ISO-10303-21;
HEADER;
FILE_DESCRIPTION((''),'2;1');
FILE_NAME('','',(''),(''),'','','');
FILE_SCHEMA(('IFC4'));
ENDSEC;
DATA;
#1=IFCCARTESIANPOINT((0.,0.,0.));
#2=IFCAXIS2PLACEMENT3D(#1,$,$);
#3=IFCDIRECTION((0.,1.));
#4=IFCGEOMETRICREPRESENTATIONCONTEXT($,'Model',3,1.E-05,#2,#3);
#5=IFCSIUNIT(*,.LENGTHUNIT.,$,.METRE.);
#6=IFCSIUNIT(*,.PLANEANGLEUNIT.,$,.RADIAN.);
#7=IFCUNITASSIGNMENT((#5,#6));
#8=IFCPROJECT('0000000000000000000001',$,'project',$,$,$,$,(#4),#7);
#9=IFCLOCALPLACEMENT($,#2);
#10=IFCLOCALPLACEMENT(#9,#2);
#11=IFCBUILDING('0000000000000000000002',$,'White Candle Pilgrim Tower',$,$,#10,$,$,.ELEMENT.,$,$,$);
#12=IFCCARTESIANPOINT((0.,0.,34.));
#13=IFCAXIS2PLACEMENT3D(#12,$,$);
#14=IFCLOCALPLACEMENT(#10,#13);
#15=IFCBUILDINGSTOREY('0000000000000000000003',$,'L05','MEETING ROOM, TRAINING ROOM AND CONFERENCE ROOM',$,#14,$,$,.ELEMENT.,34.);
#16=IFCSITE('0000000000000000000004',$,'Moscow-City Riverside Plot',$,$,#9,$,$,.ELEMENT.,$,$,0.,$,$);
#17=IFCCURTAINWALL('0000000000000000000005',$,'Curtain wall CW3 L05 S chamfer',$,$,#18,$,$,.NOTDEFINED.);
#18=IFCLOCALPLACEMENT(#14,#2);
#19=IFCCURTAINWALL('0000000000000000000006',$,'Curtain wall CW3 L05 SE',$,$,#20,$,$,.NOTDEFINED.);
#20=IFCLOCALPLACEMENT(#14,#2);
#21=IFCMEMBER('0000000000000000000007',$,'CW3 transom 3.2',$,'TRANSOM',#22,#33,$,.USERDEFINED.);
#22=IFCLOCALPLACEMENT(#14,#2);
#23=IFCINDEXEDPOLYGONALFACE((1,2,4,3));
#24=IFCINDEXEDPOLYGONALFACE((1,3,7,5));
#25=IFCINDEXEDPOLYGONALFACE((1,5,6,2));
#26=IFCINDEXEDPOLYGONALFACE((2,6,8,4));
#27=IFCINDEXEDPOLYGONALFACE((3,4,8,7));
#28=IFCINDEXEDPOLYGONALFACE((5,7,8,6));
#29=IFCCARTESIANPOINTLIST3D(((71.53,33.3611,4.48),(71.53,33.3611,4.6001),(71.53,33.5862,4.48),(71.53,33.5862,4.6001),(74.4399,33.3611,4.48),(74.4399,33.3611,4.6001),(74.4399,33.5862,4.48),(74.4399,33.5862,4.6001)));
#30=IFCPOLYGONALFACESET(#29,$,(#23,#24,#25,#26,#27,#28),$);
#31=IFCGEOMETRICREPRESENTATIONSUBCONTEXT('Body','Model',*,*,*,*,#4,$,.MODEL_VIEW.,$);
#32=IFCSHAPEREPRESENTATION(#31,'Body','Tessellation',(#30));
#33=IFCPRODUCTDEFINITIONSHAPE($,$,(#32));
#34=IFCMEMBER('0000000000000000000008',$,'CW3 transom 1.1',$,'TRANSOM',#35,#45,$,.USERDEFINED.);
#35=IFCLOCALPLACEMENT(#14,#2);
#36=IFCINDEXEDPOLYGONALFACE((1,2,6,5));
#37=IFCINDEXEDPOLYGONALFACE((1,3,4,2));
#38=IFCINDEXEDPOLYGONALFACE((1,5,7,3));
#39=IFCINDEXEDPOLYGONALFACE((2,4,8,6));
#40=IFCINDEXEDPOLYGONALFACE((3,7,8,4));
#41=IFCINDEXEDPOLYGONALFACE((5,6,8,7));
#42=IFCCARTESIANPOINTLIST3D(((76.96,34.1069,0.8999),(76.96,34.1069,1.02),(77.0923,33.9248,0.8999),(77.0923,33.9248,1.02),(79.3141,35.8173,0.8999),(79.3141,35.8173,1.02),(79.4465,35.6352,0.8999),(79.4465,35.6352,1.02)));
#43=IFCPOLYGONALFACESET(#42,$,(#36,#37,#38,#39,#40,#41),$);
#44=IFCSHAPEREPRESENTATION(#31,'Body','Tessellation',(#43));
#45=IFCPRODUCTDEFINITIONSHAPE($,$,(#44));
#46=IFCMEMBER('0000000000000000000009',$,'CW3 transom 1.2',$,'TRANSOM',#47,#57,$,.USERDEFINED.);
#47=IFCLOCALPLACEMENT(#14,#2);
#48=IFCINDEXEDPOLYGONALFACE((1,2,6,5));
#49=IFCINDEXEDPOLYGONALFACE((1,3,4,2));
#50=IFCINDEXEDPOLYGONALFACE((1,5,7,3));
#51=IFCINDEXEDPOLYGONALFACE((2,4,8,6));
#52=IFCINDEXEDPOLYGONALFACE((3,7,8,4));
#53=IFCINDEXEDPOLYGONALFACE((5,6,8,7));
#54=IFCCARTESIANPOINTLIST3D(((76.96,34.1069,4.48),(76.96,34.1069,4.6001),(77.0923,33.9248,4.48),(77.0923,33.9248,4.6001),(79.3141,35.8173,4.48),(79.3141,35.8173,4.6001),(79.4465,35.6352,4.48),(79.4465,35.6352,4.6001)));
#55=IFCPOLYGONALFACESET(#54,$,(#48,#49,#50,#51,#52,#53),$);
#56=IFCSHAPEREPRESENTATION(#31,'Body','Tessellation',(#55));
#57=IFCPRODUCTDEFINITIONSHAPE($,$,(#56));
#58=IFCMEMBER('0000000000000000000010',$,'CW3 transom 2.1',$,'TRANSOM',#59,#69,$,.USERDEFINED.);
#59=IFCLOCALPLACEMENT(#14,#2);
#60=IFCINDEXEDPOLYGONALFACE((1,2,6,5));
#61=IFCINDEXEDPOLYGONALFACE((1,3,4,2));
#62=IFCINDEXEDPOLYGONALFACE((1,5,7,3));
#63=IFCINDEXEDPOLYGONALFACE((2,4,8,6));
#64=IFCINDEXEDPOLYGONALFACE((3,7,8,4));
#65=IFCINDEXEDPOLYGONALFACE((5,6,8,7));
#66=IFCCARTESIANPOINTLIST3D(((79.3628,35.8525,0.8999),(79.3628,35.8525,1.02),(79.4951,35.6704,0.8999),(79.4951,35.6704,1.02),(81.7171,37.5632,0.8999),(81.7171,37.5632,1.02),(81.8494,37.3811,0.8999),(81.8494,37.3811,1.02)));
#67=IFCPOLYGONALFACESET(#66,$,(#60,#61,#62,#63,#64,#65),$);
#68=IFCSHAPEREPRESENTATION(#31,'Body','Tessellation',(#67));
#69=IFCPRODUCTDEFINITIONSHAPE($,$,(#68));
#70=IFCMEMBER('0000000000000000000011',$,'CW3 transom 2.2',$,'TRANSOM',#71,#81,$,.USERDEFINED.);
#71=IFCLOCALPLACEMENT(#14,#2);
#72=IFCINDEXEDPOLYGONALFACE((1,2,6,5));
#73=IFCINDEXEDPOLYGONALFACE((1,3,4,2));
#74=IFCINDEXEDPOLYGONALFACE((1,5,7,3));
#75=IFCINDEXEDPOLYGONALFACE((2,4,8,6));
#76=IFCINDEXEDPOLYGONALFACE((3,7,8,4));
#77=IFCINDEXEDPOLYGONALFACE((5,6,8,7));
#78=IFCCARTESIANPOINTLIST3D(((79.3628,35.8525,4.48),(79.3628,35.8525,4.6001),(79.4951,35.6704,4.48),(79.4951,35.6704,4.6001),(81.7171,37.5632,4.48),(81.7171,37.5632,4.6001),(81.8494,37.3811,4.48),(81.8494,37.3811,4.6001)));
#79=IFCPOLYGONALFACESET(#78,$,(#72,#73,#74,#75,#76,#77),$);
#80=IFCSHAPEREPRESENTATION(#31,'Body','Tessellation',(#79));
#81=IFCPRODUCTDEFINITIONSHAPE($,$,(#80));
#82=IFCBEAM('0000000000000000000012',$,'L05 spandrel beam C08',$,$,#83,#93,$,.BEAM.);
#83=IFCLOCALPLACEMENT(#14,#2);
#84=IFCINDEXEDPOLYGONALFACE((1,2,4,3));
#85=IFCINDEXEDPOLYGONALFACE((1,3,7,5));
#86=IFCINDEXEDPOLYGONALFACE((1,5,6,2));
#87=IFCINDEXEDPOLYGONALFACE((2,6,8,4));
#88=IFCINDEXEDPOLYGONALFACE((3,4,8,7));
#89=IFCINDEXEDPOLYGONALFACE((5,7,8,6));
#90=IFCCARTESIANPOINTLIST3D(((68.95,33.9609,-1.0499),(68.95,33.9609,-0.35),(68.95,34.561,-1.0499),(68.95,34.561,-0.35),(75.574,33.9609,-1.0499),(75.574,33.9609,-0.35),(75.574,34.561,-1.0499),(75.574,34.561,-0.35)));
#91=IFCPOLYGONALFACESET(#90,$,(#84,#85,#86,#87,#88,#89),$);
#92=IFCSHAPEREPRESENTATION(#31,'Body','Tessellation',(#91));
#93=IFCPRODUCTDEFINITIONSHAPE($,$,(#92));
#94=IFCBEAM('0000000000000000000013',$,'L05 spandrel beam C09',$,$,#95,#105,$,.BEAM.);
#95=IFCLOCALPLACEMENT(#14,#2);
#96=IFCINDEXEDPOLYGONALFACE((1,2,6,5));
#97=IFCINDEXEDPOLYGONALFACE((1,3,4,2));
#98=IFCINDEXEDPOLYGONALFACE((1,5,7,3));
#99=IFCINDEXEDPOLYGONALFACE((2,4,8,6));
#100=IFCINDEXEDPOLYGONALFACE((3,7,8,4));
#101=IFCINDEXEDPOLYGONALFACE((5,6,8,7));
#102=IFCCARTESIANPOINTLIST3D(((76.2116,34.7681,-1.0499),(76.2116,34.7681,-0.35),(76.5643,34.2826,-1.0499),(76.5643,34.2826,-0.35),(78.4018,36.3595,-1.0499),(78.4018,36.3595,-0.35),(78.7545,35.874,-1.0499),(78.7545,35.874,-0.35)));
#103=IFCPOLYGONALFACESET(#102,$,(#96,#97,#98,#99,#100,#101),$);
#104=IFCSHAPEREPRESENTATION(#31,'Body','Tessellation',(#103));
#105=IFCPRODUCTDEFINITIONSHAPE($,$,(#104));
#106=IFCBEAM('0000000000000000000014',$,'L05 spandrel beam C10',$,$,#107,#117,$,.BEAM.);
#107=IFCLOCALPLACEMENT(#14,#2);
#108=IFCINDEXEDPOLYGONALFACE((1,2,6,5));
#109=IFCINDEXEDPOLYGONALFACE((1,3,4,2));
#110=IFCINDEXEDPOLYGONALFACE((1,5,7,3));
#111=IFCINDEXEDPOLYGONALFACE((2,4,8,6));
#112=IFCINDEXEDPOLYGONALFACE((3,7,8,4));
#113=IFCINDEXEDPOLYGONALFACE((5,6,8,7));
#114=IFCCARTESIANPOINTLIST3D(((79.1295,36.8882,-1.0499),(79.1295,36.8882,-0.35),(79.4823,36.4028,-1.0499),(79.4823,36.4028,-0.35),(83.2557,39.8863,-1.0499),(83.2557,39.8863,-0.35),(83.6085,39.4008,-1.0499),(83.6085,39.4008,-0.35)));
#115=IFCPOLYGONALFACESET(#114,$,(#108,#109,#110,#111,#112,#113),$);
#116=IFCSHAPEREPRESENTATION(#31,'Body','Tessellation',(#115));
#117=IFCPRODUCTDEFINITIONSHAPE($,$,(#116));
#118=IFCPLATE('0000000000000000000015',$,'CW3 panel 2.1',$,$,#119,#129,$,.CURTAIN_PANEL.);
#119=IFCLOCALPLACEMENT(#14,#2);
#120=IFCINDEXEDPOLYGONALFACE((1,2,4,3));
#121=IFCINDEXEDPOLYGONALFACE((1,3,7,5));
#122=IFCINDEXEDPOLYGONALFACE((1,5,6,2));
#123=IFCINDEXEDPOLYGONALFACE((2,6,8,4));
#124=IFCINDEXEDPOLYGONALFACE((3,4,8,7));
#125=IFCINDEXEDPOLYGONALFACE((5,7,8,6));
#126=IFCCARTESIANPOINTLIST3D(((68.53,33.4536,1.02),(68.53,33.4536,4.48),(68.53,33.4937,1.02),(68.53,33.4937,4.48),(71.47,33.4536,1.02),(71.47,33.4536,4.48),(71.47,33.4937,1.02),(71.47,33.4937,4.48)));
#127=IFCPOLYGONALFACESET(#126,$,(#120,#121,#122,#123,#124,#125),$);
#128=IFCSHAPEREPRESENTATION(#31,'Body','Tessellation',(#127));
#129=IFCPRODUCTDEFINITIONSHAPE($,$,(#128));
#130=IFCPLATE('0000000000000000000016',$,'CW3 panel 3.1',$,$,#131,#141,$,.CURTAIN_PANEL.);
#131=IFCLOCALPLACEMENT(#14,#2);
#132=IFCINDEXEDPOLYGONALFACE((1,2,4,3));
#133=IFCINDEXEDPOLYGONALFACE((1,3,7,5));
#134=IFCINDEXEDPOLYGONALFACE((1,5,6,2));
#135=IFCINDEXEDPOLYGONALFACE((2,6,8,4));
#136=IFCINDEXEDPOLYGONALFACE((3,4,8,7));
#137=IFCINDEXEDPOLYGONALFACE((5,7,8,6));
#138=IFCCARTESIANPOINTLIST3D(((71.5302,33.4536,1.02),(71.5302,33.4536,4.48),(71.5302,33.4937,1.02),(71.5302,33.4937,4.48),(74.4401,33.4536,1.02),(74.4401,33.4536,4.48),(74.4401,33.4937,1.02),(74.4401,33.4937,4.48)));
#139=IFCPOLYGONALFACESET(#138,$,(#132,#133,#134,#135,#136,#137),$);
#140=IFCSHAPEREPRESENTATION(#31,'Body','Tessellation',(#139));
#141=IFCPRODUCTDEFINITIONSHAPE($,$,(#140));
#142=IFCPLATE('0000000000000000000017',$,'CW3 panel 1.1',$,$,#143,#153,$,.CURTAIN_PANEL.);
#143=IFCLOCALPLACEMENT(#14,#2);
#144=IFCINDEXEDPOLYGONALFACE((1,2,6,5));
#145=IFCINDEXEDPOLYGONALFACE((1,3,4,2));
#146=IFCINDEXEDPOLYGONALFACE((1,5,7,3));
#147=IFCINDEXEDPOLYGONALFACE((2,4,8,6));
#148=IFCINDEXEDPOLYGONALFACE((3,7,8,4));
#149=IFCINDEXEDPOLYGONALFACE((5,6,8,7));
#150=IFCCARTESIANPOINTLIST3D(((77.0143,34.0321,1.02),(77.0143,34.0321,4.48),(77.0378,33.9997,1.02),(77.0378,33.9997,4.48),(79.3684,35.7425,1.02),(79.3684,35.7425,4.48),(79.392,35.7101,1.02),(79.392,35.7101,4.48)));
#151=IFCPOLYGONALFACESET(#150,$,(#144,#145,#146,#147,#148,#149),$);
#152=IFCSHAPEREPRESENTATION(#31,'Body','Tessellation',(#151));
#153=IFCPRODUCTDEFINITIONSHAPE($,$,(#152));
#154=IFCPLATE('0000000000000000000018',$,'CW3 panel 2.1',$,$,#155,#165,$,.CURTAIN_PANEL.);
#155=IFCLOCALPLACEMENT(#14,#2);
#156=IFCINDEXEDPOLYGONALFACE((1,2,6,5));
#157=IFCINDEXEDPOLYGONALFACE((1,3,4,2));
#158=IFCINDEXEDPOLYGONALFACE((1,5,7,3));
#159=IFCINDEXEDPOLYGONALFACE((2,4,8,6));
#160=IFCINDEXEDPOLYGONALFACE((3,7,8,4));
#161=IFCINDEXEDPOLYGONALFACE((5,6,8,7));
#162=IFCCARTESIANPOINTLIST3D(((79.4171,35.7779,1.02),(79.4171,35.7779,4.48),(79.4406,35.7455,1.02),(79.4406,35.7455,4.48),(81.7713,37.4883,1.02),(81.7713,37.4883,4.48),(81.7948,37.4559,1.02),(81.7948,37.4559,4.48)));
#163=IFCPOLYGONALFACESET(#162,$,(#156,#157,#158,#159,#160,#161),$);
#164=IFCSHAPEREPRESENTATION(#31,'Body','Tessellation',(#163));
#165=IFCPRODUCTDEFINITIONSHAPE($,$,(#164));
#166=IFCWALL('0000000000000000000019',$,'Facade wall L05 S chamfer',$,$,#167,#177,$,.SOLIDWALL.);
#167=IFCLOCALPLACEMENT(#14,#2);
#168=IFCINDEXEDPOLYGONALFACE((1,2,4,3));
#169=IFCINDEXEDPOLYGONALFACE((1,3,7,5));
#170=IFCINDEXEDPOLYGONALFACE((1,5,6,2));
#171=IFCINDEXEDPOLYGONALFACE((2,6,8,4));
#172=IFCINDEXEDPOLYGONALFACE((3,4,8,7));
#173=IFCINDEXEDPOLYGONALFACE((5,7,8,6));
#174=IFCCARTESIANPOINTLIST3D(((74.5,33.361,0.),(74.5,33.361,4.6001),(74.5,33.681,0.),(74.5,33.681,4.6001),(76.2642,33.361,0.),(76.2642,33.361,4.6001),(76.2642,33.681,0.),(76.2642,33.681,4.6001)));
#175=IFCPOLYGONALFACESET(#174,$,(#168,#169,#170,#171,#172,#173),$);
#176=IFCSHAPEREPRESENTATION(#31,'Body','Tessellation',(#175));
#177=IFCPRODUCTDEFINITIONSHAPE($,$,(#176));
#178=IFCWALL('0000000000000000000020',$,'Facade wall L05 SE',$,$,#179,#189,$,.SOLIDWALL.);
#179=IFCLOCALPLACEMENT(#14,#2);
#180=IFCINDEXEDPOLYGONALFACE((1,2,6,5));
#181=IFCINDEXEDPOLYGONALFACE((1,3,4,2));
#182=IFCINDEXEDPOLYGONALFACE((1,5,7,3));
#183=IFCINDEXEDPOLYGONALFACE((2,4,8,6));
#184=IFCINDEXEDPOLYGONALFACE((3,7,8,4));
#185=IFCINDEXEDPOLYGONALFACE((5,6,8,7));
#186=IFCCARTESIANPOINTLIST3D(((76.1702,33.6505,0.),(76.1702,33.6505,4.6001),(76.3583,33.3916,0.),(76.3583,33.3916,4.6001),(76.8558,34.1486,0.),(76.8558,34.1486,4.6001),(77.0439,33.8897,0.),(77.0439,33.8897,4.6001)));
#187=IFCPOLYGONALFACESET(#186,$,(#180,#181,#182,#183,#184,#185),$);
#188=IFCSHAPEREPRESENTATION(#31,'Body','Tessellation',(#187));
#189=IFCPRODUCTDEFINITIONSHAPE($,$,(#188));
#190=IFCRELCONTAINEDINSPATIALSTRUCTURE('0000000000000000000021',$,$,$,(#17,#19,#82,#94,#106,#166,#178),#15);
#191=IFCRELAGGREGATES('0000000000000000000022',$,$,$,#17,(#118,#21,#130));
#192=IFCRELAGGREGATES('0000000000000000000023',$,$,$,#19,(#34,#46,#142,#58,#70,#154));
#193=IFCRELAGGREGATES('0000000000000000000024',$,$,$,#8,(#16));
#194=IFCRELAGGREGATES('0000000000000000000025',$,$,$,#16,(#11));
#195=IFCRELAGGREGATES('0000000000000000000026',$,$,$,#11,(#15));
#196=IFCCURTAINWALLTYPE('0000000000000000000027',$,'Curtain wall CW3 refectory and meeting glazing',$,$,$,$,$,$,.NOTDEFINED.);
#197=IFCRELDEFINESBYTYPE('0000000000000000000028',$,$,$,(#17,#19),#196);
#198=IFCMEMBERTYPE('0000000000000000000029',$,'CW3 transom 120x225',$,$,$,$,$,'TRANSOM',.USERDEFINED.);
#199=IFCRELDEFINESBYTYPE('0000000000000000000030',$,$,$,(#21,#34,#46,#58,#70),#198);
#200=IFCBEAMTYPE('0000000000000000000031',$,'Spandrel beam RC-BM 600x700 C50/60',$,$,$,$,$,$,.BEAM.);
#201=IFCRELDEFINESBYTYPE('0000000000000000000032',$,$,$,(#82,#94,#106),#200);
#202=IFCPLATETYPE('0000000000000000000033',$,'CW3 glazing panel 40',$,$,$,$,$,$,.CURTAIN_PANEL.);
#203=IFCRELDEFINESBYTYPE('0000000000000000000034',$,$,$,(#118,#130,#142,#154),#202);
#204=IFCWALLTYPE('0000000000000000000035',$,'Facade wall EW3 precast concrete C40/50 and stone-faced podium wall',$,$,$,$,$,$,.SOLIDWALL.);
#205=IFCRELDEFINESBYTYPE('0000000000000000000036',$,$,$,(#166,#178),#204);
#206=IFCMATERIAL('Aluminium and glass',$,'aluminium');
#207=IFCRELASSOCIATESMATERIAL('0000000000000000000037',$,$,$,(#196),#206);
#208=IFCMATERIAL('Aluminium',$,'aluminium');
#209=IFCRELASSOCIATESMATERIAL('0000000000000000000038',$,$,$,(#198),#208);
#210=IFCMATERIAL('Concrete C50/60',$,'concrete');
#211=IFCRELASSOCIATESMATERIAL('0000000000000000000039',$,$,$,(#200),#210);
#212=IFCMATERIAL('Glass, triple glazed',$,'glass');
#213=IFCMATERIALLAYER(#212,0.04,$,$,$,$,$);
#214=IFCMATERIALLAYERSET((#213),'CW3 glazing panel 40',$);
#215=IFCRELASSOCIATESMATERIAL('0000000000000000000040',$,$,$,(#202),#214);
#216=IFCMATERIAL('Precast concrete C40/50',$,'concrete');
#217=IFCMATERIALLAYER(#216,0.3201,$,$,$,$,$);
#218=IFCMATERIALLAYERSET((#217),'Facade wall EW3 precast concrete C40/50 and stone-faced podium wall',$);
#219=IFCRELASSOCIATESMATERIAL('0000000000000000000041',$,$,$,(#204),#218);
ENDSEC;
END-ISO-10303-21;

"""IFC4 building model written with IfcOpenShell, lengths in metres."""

from ifc_helpers import new_model, si_unit, direction, frame, frame_2d, origin, origin_2d, place, context, subcontext, project, spatial, rectangle, extrude, material, layer, layer_set, material_profile, profile_set, type_object, element, aggregate, save


model = new_model("IFC4")

# Units and contexts
model_context = context("Model", 3, precision=1e-05, world=origin(), true_north=direction((0.0, 1.0)))
body_context = subcontext(model_context, "Body", "Model", "MODEL_VIEW")
ifc_project = project(units=[si_unit("LENGTHUNIT", "METRE"), si_unit("PLANEANGLEUNIT", "RADIAN")], contexts=[model_context])

# Site, building, storey
site_placement = place(None, origin())
site = spatial("IfcSite", under=ifc_project, at=site_placement, Name="Moscow-City Riverside Plot", CompositionType="ELEMENT", RefElevation=0.0)
building_placement = place(site_placement, origin())
building = spatial("IfcBuilding", under=site, at=building_placement, Name="White Candle Pilgrim Tower", CompositionType="ELEMENT")
storey_placement = place(building_placement, frame((0.0, 0.0, 34.0)))
storey = spatial("IfcBuildingStorey", under=building, at=storey_placement, Name="L05", Description="MEETING ROOM, TRAINING ROOM AND CONFERENCE ROOM", CompositionType="ELEMENT", Elevation=34.0)

# Curtain walls
ifc_material_1 = material(Name="Aluminium and glass", Category="aluminium")
curtain_wall_type = type_object("IfcCurtainWallType", Name="Curtain wall CW3 refectory and meeting glazing", PredefinedType="NOTDEFINED", material=ifc_material_1)
curtain_wall_1_placement = place(storey_placement, origin())
curtain_wall_1 = element("IfcCurtainWall", 1, at=curtain_wall_1_placement, inside=storey, type_object=curtain_wall_type, Name="Curtain wall CW3 L05 S chamfer", PredefinedType="NOTDEFINED")
ifc_material_2 = material(Name="Aluminium", Category="aluminium")
curtain_wall_2_placement = place(storey_placement, origin())
curtain_wall_2 = element("IfcCurtainWall", 2, at=curtain_wall_2_placement, inside=storey, type_object=curtain_wall_type, Name="Curtain wall CW3 L05 SE", PredefinedType="NOTDEFINED")

# Members
ifc_material_profile_1 = material_profile(ifc_material_2, rectangle(XDim=0.2251, YDim=0.1201, at=origin_2d()), Name="CW3 transom 120x225")
ifc_profile_set_1 = profile_set([ifc_material_profile_1], Name="Aluminium")
member_type_1 = type_object("IfcMemberType", Name="CW3 transom 120x225", ElementType="TRANSOM", PredefinedType="USERDEFINED", material=ifc_profile_set_1)
member_1_placement = place(storey_placement, frame((71.53, 33.4736, 4.54), z_axis=(1.0, 0.0, 0.0), x_axis=(0.0, 1.0, 0.0)))
member_1 = element("IfcMember", 3, at=member_1_placement, type_object=member_type_1, Name="CW3 transom 3.2", ObjectType="TRANSOM", PredefinedType="USERDEFINED", context=body_context, shape_type="SweptSolid", body=[
    extrude(rectangle(XDim=0.2251, YDim=0.1201, at=origin_2d()), origin(), (0.0, 0.0, 1.0), 2.9099),
])
member_2_placement = place(storey_placement, frame((77.0261, 34.0159, 0.96), z_axis=(0.809019, 0.587783, 0.0), x_axis=(-0.587783, 0.809019, 0.0)))
member_2 = element("IfcMember", 4, at=member_2_placement, type_object=member_type_1, Name="CW3 transom 1.1", ObjectType="TRANSOM", PredefinedType="USERDEFINED", context=body_context, shape_type="SweptSolid", body=[
    extrude(rectangle(XDim=0.2251, YDim=0.1201, at=origin_2d()), origin(), (0.0, 0.0, 1.0), 2.9099),
])
member_3_placement = place(storey_placement, frame((77.0261, 34.0159, 4.54), z_axis=(0.809019, 0.587783, 0.0), x_axis=(-0.587783, 0.809019, 0.0)))
member_3 = element("IfcMember", 5, at=member_3_placement, type_object=member_type_1, Name="CW3 transom 1.2", ObjectType="TRANSOM", PredefinedType="USERDEFINED", context=body_context, shape_type="SweptSolid", body=[
    extrude(rectangle(XDim=0.2251, YDim=0.1201, at=origin_2d()), origin(), (0.0, 0.0, 1.0), 2.9099),
])
member_4_placement = place(storey_placement, frame((79.429, 35.7615, 0.96), z_axis=(0.808979, 0.587837, 0.0), x_axis=(-0.587837, 0.808979, 0.0)))
member_4 = element("IfcMember", 6, at=member_4_placement, type_object=member_type_1, Name="CW3 transom 2.1", ObjectType="TRANSOM", PredefinedType="USERDEFINED", context=body_context, shape_type="SweptSolid", body=[
    extrude(rectangle(XDim=0.2251, YDim=0.1201, at=origin_2d()), origin(), (0.0, 0.0, 1.0), 2.9102),
])
member_5_placement = place(storey_placement, frame((79.429, 35.7615, 4.54), z_axis=(0.808979, 0.587837, 0.0), x_axis=(-0.587837, 0.808979, 0.0)))
member_5 = element("IfcMember", 7, at=member_5_placement, type_object=member_type_1, Name="CW3 transom 2.2", ObjectType="TRANSOM", PredefinedType="USERDEFINED", context=body_context, shape_type="SweptSolid", body=[
    extrude(rectangle(XDim=0.2251, YDim=0.1201, at=origin_2d()), origin(), (0.0, 0.0, 1.0), 2.9102),
])

# Beams
ifc_material_3 = material(Name="Concrete C50/60", Category="concrete")
ifc_material_profile_2 = material_profile(ifc_material_3, rectangle(XDim=0.6001, YDim=0.7, at=origin_2d()), Name="RC-BM 600x700")
ifc_profile_set_2 = profile_set([ifc_material_profile_2], Name="Concrete C50/60")
beam_type = type_object("IfcBeamType", Name="Spandrel beam RC-BM 600x700 C50/60", PredefinedType="BEAM", material=ifc_profile_set_2)
beam_1_placement = place(storey_placement, frame((68.95, 34.261, -0.7), z_axis=(1.0, 0.0, 0.0), x_axis=(0.0, 1.0, 0.0)))
element("IfcBeam", 8, at=beam_1_placement, inside=storey, type_object=beam_type, Name="L05 spandrel beam C08", PredefinedType="BEAM", context=body_context, shape_type="SweptSolid", body=[
    extrude(rectangle(XDim=0.6001, YDim=0.7, at=origin_2d()), origin(), (0.0, 0.0, 1.0), 6.624),
])
beam_2_placement = place(storey_placement, frame((76.3879, 34.5254, -0.7), z_axis=(0.809009, 0.587796, 0.0), x_axis=(-0.587796, 0.809009, 0.0)))
element("IfcBeam", 9, at=beam_2_placement, inside=storey, type_object=beam_type, Name="L05 spandrel beam C09", PredefinedType="BEAM", context=body_context, shape_type="SweptSolid", body=[
    extrude(rectangle(XDim=0.6001, YDim=0.7, at=origin_2d()), origin(), (0.0, 0.0, 1.0), 2.7073),
])
beam_3_placement = place(storey_placement, frame((79.3059, 36.6455, -0.7), z_axis=(0.809001, 0.587807, 0.0), x_axis=(-0.587807, 0.809001, 0.0)))
element("IfcBeam", 10, at=beam_3_placement, inside=storey, type_object=beam_type, Name="L05 spandrel beam C10", PredefinedType="BEAM", context=body_context, shape_type="SweptSolid", body=[
    extrude(rectangle(XDim=0.6001, YDim=0.7, at=origin_2d()), origin(), (0.0, 0.0, 1.0), 5.1003),
])

# Plates
ifc_material_4 = material(Name="Glass, triple glazed", Category="glass")
ifc_layer_1 = layer(ifc_material_4, 0.04)
ifc_layer_set_1 = layer_set([ifc_layer_1], Name="CW3 glazing panel 40")
plate_type = type_object("IfcPlateType", Name="CW3 glazing panel 40", PredefinedType="CURTAIN_PANEL", material=ifc_layer_set_1)
plate_1_placement = place(storey_placement, frame((70.0, 33.4736, 1.02), z_axis=(0.0, 0.0, 1.0), x_axis=(1.0, 0.0, 0.0)))
plate_1 = element("IfcPlate", 11, at=plate_1_placement, type_object=plate_type, Name="CW3 panel 2.1", PredefinedType="CURTAIN_PANEL", context=body_context, shape_type="SweptSolid", body=[
    extrude(rectangle(XDim=2.9399, YDim=0.04, at=origin_2d()), origin(), (0.0, 0.0, 1.0), 3.46),
])
plate_2_placement = place(storey_placement, frame((72.9851, 33.4736, 1.02), z_axis=(0.0, 0.0, 1.0), x_axis=(1.0, 0.0, 0.0)))
plate_2 = element("IfcPlate", 12, at=plate_2_placement, type_object=plate_type, Name="CW3 panel 3.1", PredefinedType="CURTAIN_PANEL", context=body_context, shape_type="SweptSolid", body=[
    extrude(rectangle(XDim=2.9099, YDim=0.04, at=origin_2d()), origin(), (0.0, 0.0, 1.0), 3.46),
])
aggregate(curtain_wall_1, [plate_1, member_1, plate_2])
plate_3_placement = place(storey_placement, frame((78.2031, 34.8711, 1.02), z_axis=(0.0, 0.0, 1.0), x_axis=(0.809017, 0.587785, 0.0)))
plate_3 = element("IfcPlate", 13, at=plate_3_placement, type_object=plate_type, Name="CW3 panel 1.1", PredefinedType="CURTAIN_PANEL", context=body_context, shape_type="SweptSolid", body=[
    extrude(rectangle(XDim=2.9099, YDim=0.04, at=origin_2d()), origin(), (0.0, 0.0, 1.0), 3.46),
])
plate_4_placement = place(storey_placement, frame((80.606, 36.6169, 1.02), z_axis=(0.0, 0.0, 1.0), x_axis=(0.809017, 0.587785, 0.0)))
plate_4 = element("IfcPlate", 14, at=plate_4_placement, type_object=plate_type, Name="CW3 panel 2.1", PredefinedType="CURTAIN_PANEL", context=body_context, shape_type="SweptSolid", body=[
    extrude(rectangle(XDim=2.9099, YDim=0.04, at=origin_2d()), origin(), (0.0, 0.0, 1.0), 3.46),
])
aggregate(curtain_wall_2, [member_2, member_3, plate_3, member_4, member_5, plate_4])

# Walls
ifc_material_5 = material(Name="Precast concrete C40/50", Category="concrete")
ifc_layer_2 = layer(ifc_material_5, 0.3201)
ifc_layer_set_2 = layer_set([ifc_layer_2], Name="Facade wall EW3 precast concrete C40/50 and stone-faced podium wall")
wall_type_1 = type_object("IfcWallType", Name="Facade wall EW3 precast concrete C40/50 and stone-faced podium wall", PredefinedType="SOLIDWALL", material=ifc_layer_set_2)
wall_1_placement = place(storey_placement, frame((74.5, 33.521, 0.0), z_axis=(0.0, 0.0, 1.0), x_axis=(1.0, 0.0, 0.0)))
element("IfcWall", 15, at=wall_1_placement, inside=storey, type_object=wall_type_1, Name="Facade wall L05 S chamfer", PredefinedType="SOLIDWALL", context=body_context, shape_type="SweptSolid", body=[
    extrude(rectangle(XDim=1.7642, YDim=0.3201, at=frame_2d((0.8821, 0.0))), origin(), (0.0, 0.0, 1.0), 4.6001),
])
wall_2_placement = place(storey_placement, frame((76.2642, 33.521, 0.0), z_axis=(0.0, 0.0, 1.0), x_axis=(0.809035, 0.58776, 0.0)))
element("IfcWall", 16, at=wall_2_placement, inside=storey, type_object=wall_type_1, Name="Facade wall L05 SE", PredefinedType="SOLIDWALL", context=body_context, shape_type="SweptSolid", body=[
    extrude(rectangle(XDim=0.8474, YDim=0.3201, at=frame_2d((0.4238, 0.0))), origin(), (0.0, 0.0, 1.0), 4.6001),
])

save(model, "model.ifc")
